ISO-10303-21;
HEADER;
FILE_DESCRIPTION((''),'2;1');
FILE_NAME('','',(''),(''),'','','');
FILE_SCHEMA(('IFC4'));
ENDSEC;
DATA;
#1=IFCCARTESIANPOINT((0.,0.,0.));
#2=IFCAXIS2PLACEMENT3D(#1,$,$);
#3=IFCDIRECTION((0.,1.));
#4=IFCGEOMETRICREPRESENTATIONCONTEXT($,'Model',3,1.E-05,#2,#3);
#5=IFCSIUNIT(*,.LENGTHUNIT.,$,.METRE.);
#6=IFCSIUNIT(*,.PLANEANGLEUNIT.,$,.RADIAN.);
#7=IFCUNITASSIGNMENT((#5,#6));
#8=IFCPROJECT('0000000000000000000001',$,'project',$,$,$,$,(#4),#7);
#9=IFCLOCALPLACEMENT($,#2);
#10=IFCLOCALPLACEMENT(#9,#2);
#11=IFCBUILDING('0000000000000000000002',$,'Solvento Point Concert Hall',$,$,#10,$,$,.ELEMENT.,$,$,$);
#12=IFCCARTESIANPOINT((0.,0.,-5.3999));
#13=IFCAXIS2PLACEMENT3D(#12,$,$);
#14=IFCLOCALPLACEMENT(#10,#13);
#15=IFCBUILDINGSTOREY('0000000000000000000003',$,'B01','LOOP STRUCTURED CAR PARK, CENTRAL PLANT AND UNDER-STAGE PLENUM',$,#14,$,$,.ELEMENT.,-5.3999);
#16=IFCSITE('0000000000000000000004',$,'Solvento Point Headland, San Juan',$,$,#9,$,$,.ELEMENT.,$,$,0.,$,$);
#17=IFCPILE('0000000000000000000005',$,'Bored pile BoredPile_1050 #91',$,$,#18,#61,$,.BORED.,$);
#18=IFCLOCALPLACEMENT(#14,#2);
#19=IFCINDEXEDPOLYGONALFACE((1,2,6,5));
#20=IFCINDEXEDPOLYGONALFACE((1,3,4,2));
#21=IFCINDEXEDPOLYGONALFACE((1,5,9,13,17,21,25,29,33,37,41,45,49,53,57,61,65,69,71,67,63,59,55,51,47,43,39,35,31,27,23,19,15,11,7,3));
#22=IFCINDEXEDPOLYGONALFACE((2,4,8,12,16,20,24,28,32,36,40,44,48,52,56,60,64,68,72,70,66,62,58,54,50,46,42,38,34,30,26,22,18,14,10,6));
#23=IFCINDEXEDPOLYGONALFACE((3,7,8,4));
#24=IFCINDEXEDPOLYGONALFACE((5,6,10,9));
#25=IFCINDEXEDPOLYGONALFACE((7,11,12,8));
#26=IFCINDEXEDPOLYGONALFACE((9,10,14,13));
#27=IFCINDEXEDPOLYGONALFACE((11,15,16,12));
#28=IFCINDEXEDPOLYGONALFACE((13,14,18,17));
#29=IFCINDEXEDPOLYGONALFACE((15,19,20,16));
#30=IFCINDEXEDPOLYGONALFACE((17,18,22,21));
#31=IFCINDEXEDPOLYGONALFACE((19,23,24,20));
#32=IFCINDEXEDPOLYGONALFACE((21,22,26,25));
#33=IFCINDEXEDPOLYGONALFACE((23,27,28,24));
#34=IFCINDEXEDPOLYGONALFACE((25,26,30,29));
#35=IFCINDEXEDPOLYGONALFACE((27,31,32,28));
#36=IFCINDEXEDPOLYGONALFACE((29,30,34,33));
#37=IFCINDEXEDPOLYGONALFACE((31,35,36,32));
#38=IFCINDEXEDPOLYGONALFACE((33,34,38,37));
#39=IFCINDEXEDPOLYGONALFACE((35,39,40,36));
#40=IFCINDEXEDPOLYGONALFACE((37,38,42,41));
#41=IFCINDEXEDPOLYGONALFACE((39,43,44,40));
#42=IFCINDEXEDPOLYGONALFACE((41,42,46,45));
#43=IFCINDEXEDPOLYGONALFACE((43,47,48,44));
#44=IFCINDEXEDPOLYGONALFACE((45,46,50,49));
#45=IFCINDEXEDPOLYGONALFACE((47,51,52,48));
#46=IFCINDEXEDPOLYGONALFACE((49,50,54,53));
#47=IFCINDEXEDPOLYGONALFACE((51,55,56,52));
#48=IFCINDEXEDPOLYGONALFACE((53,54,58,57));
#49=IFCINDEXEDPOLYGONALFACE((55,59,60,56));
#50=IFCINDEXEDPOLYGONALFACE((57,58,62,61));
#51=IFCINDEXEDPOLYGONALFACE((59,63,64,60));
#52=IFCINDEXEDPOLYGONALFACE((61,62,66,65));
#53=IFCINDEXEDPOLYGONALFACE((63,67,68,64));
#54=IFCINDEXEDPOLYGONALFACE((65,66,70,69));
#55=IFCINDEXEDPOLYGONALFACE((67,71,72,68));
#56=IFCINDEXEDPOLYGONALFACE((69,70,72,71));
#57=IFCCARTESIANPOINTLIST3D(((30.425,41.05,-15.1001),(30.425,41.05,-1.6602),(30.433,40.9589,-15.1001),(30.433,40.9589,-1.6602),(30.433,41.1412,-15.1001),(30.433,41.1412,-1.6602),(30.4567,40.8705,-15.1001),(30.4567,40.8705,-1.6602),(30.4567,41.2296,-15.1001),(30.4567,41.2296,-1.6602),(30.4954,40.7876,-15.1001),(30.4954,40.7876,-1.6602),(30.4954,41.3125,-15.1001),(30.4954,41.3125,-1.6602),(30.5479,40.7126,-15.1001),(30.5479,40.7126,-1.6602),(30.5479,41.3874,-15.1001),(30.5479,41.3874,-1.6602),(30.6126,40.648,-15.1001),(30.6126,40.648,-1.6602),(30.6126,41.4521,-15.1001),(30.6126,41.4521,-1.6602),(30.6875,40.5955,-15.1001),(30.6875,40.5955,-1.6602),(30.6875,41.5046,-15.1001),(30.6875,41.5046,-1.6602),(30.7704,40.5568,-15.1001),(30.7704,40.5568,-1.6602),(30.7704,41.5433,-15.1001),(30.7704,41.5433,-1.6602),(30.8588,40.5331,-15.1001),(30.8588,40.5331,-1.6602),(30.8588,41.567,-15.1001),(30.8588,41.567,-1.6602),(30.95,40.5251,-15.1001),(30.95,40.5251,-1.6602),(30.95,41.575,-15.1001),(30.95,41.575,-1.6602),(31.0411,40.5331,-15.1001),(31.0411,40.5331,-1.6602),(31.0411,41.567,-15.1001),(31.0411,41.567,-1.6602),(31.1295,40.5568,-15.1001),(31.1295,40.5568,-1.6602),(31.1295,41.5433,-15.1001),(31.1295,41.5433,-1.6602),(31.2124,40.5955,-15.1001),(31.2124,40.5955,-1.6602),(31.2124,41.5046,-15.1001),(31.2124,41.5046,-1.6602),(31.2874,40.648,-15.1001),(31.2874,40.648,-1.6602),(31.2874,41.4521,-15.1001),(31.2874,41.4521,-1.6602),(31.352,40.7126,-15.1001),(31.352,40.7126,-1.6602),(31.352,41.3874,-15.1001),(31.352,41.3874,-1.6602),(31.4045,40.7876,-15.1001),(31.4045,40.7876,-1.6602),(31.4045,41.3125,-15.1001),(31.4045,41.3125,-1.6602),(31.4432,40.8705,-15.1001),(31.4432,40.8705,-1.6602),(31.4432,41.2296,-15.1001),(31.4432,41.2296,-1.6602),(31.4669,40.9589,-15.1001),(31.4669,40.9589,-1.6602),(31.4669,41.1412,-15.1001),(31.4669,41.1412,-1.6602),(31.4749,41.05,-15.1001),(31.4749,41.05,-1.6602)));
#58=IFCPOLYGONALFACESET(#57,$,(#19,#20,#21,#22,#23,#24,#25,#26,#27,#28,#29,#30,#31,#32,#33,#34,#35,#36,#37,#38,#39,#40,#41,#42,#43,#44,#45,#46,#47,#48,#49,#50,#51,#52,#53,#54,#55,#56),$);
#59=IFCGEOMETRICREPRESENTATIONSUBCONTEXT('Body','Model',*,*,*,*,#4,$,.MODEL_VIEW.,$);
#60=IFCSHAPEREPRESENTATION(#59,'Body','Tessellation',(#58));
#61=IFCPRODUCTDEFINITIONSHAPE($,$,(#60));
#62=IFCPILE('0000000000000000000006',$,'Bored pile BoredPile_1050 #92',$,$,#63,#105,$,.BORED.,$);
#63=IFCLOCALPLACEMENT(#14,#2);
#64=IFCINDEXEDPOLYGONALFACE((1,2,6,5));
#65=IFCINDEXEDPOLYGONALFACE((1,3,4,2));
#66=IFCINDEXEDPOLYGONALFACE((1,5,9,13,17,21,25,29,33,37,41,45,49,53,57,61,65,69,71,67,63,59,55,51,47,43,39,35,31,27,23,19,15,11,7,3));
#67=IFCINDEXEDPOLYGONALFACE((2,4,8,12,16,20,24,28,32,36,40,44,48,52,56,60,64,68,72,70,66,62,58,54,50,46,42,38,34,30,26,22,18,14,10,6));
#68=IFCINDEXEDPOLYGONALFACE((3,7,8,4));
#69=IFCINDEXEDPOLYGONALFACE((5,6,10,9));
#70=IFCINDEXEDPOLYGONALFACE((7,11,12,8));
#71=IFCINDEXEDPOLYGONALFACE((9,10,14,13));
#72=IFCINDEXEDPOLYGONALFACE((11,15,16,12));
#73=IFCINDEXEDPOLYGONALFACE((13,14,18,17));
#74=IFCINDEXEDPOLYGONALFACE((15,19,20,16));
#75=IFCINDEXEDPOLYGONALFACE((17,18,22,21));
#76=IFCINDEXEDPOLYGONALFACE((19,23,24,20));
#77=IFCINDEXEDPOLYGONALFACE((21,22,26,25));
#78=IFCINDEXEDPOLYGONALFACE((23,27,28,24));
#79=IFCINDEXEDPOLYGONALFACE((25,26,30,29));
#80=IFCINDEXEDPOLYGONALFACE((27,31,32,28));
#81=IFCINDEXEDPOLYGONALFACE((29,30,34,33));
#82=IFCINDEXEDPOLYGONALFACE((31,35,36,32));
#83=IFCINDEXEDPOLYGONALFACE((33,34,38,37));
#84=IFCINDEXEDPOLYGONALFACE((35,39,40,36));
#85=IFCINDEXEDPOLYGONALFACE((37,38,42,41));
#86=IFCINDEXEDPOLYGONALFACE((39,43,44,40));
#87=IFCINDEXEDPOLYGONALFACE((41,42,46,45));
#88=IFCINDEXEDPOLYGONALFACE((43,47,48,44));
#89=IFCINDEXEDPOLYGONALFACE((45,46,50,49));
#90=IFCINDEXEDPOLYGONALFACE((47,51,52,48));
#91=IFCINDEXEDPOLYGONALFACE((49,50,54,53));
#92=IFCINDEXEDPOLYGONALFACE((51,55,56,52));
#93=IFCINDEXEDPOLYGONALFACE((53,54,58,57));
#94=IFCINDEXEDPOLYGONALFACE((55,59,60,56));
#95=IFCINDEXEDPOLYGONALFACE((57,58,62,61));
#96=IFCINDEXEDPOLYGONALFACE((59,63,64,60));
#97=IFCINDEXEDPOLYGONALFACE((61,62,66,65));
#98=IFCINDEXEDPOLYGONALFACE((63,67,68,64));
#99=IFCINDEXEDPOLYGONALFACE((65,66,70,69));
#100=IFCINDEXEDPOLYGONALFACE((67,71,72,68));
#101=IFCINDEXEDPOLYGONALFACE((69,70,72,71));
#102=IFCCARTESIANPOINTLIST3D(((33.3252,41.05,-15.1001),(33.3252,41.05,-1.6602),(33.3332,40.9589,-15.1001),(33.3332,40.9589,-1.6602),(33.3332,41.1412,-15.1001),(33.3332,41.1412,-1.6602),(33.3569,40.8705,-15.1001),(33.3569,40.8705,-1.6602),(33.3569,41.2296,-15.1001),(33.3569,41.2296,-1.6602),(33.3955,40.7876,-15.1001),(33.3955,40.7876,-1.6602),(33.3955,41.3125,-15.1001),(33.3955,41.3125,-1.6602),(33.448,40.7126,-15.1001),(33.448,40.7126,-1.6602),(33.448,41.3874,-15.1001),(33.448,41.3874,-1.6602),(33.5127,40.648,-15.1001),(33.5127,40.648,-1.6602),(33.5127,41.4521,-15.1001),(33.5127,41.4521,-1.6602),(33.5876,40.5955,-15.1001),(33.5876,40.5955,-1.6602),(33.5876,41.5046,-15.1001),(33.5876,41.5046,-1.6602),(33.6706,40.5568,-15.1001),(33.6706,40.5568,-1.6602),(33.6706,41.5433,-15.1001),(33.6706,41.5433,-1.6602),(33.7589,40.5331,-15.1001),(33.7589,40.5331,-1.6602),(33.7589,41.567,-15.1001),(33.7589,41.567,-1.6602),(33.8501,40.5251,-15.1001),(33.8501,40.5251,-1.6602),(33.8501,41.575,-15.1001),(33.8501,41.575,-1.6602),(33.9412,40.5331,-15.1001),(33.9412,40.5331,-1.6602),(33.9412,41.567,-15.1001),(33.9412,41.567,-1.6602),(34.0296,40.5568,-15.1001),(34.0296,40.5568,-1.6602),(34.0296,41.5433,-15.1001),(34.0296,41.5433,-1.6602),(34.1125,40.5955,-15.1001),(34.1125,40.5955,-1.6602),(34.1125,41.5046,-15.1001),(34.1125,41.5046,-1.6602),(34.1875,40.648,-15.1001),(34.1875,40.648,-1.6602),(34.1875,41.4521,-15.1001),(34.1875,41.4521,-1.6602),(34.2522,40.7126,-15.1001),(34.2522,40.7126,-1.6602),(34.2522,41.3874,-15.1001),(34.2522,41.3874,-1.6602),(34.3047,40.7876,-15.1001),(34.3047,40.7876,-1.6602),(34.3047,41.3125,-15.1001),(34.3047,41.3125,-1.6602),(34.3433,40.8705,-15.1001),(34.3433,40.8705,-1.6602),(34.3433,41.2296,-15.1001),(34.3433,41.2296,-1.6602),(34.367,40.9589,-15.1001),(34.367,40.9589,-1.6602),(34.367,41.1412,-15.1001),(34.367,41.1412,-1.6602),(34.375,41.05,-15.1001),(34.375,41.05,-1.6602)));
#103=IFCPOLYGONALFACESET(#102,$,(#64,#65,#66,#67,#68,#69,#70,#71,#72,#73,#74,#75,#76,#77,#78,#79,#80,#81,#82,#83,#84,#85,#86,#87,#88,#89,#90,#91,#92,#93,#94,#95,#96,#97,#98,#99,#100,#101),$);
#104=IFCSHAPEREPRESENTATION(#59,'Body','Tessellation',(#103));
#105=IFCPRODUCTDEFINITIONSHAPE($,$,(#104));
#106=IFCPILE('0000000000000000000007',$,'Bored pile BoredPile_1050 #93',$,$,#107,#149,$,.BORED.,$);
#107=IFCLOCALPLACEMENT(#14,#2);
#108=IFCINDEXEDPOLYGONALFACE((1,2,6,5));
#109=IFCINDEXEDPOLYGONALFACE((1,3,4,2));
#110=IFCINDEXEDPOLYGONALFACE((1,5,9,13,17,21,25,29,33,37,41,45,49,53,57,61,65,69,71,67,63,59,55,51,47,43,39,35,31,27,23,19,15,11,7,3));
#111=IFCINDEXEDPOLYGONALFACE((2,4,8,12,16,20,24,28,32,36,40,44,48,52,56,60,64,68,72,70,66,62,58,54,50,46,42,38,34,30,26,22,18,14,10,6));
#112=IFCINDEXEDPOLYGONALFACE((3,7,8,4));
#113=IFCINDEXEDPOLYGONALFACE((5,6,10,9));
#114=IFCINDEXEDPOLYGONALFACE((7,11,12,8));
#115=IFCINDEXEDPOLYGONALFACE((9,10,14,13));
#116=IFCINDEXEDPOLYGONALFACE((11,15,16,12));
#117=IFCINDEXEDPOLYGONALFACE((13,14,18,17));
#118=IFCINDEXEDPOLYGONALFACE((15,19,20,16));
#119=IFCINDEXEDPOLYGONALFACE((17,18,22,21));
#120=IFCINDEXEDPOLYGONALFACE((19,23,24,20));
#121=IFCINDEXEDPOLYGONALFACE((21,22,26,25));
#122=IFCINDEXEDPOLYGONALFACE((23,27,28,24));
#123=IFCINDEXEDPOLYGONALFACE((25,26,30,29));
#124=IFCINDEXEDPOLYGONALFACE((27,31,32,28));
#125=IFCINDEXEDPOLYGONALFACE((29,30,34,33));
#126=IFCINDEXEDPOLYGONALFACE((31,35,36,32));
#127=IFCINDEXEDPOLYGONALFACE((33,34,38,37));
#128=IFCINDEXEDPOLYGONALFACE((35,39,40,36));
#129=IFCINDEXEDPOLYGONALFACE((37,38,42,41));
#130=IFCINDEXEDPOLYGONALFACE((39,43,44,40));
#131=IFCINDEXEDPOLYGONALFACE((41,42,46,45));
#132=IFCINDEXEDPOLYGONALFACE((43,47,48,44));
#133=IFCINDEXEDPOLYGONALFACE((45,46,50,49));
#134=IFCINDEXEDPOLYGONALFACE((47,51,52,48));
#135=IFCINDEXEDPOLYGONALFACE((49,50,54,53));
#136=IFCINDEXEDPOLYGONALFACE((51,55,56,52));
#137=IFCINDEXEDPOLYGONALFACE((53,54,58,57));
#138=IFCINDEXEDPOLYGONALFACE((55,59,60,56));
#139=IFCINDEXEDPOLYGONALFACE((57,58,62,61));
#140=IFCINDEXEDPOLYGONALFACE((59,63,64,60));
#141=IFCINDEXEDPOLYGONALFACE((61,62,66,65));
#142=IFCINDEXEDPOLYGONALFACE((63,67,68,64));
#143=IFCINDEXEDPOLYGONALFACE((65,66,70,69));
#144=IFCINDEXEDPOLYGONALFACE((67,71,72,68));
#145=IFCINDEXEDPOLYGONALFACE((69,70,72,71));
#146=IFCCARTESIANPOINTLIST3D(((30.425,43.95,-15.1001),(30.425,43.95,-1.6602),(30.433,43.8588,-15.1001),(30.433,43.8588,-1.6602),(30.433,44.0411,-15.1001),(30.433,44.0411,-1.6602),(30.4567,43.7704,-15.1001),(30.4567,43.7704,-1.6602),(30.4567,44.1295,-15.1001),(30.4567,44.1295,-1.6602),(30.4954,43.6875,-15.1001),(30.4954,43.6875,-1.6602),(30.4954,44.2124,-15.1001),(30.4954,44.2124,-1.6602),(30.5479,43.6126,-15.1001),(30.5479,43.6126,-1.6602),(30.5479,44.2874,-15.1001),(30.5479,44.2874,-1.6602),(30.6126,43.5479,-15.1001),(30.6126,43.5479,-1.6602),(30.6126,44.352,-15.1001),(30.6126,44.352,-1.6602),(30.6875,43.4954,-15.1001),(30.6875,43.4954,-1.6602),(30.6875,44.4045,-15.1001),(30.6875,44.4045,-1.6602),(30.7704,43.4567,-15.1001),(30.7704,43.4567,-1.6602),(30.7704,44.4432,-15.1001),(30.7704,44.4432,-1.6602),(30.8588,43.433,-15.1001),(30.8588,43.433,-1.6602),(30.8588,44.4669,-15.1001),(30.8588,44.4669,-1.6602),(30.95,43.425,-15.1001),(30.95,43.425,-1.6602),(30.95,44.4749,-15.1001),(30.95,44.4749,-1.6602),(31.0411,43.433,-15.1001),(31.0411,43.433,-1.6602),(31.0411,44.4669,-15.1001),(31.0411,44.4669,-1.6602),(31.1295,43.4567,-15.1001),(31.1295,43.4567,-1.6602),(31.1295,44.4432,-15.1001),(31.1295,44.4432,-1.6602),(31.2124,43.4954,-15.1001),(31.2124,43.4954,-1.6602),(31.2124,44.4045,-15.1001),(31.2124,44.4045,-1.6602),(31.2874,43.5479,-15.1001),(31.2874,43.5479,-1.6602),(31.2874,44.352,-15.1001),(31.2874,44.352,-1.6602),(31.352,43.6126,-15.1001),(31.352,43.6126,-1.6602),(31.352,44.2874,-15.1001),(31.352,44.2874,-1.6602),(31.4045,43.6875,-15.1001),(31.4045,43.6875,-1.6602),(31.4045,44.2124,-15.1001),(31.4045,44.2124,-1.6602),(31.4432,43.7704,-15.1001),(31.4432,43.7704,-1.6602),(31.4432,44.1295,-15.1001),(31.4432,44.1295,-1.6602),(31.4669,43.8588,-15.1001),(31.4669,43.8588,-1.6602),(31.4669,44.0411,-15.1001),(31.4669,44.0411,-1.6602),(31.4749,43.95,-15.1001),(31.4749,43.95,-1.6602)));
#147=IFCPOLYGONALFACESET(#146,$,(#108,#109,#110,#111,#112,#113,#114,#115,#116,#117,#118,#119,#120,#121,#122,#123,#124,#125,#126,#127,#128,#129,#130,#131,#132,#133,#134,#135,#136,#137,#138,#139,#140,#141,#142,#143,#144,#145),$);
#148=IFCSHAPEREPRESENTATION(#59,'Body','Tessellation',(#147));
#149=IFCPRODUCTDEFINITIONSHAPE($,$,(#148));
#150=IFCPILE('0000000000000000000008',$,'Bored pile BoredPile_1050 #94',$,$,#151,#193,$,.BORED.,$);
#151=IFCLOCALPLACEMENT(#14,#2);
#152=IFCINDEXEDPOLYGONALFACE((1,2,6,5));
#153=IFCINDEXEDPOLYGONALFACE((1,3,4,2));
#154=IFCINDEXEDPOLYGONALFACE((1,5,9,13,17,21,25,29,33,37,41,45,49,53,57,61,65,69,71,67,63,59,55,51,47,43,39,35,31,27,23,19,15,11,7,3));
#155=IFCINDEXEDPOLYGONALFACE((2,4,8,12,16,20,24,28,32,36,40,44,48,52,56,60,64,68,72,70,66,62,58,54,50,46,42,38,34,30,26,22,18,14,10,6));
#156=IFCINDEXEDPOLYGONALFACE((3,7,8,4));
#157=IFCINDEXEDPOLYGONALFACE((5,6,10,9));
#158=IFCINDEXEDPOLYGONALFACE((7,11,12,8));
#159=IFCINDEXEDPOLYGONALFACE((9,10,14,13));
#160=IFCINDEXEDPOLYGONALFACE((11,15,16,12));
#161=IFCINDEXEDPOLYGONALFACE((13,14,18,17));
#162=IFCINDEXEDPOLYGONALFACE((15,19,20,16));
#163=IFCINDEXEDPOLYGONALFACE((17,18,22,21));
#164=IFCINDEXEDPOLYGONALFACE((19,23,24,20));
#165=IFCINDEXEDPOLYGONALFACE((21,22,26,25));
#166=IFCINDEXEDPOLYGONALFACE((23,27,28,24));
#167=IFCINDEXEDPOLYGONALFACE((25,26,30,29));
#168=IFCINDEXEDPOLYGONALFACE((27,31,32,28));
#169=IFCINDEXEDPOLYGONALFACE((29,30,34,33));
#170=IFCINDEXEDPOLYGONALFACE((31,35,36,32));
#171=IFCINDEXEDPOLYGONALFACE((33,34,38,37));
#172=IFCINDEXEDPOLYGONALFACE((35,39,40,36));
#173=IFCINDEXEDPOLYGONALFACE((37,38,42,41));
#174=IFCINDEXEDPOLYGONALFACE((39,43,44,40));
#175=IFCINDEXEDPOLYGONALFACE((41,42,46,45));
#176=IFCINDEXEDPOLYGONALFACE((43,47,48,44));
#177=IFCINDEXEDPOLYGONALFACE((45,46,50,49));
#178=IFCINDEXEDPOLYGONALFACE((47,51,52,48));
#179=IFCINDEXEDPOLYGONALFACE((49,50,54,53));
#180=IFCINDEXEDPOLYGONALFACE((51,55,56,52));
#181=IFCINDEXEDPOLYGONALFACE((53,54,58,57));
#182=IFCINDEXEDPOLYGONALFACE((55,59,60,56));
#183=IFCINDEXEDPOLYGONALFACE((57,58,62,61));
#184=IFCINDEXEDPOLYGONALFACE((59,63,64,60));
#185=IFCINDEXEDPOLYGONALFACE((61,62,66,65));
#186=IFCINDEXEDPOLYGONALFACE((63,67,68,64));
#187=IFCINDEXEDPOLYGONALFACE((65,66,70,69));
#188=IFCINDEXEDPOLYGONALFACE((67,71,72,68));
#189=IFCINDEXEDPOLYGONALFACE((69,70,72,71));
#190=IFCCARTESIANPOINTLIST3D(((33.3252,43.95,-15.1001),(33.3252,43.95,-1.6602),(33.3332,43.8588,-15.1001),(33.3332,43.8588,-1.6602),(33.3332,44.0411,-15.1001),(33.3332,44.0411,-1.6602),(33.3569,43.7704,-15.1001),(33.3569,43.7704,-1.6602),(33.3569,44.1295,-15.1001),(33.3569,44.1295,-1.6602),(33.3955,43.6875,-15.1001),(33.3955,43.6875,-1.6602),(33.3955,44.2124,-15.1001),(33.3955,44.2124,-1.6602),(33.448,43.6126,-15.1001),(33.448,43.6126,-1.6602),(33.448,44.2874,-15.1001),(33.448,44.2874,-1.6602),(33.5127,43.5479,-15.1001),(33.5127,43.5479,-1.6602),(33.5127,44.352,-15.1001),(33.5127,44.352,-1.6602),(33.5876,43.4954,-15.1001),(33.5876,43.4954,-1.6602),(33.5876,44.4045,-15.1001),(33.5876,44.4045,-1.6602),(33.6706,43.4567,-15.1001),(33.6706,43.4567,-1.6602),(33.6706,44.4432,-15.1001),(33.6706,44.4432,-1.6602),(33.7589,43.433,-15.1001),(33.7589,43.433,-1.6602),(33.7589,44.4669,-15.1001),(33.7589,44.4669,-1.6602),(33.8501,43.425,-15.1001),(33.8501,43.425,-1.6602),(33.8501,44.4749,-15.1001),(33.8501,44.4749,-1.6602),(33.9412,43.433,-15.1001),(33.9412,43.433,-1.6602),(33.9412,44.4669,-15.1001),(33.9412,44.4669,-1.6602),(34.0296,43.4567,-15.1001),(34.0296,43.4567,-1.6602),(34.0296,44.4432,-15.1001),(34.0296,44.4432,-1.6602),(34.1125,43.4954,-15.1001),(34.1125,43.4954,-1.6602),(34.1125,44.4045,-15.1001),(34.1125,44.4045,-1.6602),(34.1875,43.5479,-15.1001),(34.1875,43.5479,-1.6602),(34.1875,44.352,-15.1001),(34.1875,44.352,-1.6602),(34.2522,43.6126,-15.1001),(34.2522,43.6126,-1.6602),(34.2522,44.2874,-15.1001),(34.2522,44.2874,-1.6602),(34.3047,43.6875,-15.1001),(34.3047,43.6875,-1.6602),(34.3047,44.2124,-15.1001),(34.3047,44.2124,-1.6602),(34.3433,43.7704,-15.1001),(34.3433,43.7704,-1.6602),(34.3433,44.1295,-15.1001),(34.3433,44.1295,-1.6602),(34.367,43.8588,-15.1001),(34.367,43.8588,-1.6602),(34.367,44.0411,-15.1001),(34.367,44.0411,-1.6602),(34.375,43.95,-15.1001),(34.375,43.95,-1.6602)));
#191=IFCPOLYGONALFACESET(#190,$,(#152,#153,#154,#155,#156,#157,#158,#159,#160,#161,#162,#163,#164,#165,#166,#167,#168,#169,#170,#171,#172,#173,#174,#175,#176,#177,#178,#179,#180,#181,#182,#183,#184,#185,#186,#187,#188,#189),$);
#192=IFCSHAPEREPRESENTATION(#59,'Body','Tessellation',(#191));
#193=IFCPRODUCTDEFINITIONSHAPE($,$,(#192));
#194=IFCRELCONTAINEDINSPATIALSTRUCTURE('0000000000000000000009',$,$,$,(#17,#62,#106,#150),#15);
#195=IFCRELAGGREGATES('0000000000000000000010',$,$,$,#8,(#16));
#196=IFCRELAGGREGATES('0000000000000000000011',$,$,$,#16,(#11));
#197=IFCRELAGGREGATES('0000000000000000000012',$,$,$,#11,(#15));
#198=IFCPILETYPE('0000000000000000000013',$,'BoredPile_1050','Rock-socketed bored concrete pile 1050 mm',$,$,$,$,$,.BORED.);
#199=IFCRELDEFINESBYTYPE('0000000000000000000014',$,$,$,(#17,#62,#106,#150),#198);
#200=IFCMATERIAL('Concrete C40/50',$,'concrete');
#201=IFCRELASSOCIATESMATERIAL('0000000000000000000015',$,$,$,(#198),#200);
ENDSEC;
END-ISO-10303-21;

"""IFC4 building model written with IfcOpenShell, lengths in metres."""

from ifc_helpers import new_model, si_unit, direction, frame, origin, origin_2d, place, context, subcontext, project, spatial, circle, extrude, material, material_profile, profile_set, type_object, element, save


model = new_model("IFC4")

# Units and contexts
model_context = context("Model", 3, precision=1e-05, world=origin(), true_north=direction((0.0, 1.0)))
body_context = subcontext(model_context, "Body", "Model", "MODEL_VIEW")
ifc_project = project(units=[si_unit("LENGTHUNIT", "METRE"), si_unit("PLANEANGLEUNIT", "RADIAN")], contexts=[model_context])

# Site, building, storey
site_placement = place(None, origin())
site = spatial("IfcSite", under=ifc_project, at=site_placement, Name="Solvento Point Headland, San Juan", CompositionType="ELEMENT", RefElevation=0.0)
building_placement = place(site_placement, origin())
building = spatial("IfcBuilding", under=site, at=building_placement, Name="Solvento Point Concert Hall", CompositionType="ELEMENT")
storey_placement = place(building_placement, frame((0.0, 0.0, -5.3999)))
storey = spatial("IfcBuildingStorey", under=building, at=storey_placement, Name="B01", Description="LOOP STRUCTURED CAR PARK, CENTRAL PLANT AND UNDER-STAGE PLENUM", CompositionType="ELEMENT", Elevation=-5.3999)

# Piles
ifc_material_1 = material(Name="Concrete C40/50", Category="concrete")
ifc_material_profile_1 = material_profile(ifc_material_1, circle(Radius=0.5249, at=origin_2d()), Name="BP-1050")
ifc_profile_set_1 = profile_set([ifc_material_profile_1], Name="Concrete C40/50")
pile_type_1 = type_object("IfcPileType", Name="BoredPile_1050", Description="Rock-socketed bored concrete pile 1050 mm", PredefinedType="BORED", material=ifc_profile_set_1)
for number, where, z_axis, x_axis, name in (
    (1, (30.95, 41.05, -1.6602), (0.0, 0.0, -1.0), (1.0, 0.0, 0.0), "Bored pile BoredPile_1050 #91"),
    (2, (33.8501, 41.05, -1.6602), (0.0, 0.0, -1.0), (1.0, 0.0, 0.0), "Bored pile BoredPile_1050 #92"),
    (3, (30.95, 43.95, -1.6602), (0.0, 0.0, -1.0), (1.0, 0.0, 0.0), "Bored pile BoredPile_1050 #93"),
    (4, (33.8501, 43.95, -1.6602), (0.0, 0.0, -1.0), (1.0, 0.0, 0.0), "Bored pile BoredPile_1050 #94"),
):
    element("IfcPile", number, at=place(storey_placement, frame(where, z_axis=z_axis, x_axis=x_axis)), inside=storey, type_object=pile_type_1, Name=name, PredefinedType="BORED", context=body_context, shape_type="SweptSolid", body=[
        extrude(circle(Radius=0.5249, at=origin_2d()), origin(), (0.0, 0.0, 1.0), 13.4399),
    ])

save(model, "model.ifc")
